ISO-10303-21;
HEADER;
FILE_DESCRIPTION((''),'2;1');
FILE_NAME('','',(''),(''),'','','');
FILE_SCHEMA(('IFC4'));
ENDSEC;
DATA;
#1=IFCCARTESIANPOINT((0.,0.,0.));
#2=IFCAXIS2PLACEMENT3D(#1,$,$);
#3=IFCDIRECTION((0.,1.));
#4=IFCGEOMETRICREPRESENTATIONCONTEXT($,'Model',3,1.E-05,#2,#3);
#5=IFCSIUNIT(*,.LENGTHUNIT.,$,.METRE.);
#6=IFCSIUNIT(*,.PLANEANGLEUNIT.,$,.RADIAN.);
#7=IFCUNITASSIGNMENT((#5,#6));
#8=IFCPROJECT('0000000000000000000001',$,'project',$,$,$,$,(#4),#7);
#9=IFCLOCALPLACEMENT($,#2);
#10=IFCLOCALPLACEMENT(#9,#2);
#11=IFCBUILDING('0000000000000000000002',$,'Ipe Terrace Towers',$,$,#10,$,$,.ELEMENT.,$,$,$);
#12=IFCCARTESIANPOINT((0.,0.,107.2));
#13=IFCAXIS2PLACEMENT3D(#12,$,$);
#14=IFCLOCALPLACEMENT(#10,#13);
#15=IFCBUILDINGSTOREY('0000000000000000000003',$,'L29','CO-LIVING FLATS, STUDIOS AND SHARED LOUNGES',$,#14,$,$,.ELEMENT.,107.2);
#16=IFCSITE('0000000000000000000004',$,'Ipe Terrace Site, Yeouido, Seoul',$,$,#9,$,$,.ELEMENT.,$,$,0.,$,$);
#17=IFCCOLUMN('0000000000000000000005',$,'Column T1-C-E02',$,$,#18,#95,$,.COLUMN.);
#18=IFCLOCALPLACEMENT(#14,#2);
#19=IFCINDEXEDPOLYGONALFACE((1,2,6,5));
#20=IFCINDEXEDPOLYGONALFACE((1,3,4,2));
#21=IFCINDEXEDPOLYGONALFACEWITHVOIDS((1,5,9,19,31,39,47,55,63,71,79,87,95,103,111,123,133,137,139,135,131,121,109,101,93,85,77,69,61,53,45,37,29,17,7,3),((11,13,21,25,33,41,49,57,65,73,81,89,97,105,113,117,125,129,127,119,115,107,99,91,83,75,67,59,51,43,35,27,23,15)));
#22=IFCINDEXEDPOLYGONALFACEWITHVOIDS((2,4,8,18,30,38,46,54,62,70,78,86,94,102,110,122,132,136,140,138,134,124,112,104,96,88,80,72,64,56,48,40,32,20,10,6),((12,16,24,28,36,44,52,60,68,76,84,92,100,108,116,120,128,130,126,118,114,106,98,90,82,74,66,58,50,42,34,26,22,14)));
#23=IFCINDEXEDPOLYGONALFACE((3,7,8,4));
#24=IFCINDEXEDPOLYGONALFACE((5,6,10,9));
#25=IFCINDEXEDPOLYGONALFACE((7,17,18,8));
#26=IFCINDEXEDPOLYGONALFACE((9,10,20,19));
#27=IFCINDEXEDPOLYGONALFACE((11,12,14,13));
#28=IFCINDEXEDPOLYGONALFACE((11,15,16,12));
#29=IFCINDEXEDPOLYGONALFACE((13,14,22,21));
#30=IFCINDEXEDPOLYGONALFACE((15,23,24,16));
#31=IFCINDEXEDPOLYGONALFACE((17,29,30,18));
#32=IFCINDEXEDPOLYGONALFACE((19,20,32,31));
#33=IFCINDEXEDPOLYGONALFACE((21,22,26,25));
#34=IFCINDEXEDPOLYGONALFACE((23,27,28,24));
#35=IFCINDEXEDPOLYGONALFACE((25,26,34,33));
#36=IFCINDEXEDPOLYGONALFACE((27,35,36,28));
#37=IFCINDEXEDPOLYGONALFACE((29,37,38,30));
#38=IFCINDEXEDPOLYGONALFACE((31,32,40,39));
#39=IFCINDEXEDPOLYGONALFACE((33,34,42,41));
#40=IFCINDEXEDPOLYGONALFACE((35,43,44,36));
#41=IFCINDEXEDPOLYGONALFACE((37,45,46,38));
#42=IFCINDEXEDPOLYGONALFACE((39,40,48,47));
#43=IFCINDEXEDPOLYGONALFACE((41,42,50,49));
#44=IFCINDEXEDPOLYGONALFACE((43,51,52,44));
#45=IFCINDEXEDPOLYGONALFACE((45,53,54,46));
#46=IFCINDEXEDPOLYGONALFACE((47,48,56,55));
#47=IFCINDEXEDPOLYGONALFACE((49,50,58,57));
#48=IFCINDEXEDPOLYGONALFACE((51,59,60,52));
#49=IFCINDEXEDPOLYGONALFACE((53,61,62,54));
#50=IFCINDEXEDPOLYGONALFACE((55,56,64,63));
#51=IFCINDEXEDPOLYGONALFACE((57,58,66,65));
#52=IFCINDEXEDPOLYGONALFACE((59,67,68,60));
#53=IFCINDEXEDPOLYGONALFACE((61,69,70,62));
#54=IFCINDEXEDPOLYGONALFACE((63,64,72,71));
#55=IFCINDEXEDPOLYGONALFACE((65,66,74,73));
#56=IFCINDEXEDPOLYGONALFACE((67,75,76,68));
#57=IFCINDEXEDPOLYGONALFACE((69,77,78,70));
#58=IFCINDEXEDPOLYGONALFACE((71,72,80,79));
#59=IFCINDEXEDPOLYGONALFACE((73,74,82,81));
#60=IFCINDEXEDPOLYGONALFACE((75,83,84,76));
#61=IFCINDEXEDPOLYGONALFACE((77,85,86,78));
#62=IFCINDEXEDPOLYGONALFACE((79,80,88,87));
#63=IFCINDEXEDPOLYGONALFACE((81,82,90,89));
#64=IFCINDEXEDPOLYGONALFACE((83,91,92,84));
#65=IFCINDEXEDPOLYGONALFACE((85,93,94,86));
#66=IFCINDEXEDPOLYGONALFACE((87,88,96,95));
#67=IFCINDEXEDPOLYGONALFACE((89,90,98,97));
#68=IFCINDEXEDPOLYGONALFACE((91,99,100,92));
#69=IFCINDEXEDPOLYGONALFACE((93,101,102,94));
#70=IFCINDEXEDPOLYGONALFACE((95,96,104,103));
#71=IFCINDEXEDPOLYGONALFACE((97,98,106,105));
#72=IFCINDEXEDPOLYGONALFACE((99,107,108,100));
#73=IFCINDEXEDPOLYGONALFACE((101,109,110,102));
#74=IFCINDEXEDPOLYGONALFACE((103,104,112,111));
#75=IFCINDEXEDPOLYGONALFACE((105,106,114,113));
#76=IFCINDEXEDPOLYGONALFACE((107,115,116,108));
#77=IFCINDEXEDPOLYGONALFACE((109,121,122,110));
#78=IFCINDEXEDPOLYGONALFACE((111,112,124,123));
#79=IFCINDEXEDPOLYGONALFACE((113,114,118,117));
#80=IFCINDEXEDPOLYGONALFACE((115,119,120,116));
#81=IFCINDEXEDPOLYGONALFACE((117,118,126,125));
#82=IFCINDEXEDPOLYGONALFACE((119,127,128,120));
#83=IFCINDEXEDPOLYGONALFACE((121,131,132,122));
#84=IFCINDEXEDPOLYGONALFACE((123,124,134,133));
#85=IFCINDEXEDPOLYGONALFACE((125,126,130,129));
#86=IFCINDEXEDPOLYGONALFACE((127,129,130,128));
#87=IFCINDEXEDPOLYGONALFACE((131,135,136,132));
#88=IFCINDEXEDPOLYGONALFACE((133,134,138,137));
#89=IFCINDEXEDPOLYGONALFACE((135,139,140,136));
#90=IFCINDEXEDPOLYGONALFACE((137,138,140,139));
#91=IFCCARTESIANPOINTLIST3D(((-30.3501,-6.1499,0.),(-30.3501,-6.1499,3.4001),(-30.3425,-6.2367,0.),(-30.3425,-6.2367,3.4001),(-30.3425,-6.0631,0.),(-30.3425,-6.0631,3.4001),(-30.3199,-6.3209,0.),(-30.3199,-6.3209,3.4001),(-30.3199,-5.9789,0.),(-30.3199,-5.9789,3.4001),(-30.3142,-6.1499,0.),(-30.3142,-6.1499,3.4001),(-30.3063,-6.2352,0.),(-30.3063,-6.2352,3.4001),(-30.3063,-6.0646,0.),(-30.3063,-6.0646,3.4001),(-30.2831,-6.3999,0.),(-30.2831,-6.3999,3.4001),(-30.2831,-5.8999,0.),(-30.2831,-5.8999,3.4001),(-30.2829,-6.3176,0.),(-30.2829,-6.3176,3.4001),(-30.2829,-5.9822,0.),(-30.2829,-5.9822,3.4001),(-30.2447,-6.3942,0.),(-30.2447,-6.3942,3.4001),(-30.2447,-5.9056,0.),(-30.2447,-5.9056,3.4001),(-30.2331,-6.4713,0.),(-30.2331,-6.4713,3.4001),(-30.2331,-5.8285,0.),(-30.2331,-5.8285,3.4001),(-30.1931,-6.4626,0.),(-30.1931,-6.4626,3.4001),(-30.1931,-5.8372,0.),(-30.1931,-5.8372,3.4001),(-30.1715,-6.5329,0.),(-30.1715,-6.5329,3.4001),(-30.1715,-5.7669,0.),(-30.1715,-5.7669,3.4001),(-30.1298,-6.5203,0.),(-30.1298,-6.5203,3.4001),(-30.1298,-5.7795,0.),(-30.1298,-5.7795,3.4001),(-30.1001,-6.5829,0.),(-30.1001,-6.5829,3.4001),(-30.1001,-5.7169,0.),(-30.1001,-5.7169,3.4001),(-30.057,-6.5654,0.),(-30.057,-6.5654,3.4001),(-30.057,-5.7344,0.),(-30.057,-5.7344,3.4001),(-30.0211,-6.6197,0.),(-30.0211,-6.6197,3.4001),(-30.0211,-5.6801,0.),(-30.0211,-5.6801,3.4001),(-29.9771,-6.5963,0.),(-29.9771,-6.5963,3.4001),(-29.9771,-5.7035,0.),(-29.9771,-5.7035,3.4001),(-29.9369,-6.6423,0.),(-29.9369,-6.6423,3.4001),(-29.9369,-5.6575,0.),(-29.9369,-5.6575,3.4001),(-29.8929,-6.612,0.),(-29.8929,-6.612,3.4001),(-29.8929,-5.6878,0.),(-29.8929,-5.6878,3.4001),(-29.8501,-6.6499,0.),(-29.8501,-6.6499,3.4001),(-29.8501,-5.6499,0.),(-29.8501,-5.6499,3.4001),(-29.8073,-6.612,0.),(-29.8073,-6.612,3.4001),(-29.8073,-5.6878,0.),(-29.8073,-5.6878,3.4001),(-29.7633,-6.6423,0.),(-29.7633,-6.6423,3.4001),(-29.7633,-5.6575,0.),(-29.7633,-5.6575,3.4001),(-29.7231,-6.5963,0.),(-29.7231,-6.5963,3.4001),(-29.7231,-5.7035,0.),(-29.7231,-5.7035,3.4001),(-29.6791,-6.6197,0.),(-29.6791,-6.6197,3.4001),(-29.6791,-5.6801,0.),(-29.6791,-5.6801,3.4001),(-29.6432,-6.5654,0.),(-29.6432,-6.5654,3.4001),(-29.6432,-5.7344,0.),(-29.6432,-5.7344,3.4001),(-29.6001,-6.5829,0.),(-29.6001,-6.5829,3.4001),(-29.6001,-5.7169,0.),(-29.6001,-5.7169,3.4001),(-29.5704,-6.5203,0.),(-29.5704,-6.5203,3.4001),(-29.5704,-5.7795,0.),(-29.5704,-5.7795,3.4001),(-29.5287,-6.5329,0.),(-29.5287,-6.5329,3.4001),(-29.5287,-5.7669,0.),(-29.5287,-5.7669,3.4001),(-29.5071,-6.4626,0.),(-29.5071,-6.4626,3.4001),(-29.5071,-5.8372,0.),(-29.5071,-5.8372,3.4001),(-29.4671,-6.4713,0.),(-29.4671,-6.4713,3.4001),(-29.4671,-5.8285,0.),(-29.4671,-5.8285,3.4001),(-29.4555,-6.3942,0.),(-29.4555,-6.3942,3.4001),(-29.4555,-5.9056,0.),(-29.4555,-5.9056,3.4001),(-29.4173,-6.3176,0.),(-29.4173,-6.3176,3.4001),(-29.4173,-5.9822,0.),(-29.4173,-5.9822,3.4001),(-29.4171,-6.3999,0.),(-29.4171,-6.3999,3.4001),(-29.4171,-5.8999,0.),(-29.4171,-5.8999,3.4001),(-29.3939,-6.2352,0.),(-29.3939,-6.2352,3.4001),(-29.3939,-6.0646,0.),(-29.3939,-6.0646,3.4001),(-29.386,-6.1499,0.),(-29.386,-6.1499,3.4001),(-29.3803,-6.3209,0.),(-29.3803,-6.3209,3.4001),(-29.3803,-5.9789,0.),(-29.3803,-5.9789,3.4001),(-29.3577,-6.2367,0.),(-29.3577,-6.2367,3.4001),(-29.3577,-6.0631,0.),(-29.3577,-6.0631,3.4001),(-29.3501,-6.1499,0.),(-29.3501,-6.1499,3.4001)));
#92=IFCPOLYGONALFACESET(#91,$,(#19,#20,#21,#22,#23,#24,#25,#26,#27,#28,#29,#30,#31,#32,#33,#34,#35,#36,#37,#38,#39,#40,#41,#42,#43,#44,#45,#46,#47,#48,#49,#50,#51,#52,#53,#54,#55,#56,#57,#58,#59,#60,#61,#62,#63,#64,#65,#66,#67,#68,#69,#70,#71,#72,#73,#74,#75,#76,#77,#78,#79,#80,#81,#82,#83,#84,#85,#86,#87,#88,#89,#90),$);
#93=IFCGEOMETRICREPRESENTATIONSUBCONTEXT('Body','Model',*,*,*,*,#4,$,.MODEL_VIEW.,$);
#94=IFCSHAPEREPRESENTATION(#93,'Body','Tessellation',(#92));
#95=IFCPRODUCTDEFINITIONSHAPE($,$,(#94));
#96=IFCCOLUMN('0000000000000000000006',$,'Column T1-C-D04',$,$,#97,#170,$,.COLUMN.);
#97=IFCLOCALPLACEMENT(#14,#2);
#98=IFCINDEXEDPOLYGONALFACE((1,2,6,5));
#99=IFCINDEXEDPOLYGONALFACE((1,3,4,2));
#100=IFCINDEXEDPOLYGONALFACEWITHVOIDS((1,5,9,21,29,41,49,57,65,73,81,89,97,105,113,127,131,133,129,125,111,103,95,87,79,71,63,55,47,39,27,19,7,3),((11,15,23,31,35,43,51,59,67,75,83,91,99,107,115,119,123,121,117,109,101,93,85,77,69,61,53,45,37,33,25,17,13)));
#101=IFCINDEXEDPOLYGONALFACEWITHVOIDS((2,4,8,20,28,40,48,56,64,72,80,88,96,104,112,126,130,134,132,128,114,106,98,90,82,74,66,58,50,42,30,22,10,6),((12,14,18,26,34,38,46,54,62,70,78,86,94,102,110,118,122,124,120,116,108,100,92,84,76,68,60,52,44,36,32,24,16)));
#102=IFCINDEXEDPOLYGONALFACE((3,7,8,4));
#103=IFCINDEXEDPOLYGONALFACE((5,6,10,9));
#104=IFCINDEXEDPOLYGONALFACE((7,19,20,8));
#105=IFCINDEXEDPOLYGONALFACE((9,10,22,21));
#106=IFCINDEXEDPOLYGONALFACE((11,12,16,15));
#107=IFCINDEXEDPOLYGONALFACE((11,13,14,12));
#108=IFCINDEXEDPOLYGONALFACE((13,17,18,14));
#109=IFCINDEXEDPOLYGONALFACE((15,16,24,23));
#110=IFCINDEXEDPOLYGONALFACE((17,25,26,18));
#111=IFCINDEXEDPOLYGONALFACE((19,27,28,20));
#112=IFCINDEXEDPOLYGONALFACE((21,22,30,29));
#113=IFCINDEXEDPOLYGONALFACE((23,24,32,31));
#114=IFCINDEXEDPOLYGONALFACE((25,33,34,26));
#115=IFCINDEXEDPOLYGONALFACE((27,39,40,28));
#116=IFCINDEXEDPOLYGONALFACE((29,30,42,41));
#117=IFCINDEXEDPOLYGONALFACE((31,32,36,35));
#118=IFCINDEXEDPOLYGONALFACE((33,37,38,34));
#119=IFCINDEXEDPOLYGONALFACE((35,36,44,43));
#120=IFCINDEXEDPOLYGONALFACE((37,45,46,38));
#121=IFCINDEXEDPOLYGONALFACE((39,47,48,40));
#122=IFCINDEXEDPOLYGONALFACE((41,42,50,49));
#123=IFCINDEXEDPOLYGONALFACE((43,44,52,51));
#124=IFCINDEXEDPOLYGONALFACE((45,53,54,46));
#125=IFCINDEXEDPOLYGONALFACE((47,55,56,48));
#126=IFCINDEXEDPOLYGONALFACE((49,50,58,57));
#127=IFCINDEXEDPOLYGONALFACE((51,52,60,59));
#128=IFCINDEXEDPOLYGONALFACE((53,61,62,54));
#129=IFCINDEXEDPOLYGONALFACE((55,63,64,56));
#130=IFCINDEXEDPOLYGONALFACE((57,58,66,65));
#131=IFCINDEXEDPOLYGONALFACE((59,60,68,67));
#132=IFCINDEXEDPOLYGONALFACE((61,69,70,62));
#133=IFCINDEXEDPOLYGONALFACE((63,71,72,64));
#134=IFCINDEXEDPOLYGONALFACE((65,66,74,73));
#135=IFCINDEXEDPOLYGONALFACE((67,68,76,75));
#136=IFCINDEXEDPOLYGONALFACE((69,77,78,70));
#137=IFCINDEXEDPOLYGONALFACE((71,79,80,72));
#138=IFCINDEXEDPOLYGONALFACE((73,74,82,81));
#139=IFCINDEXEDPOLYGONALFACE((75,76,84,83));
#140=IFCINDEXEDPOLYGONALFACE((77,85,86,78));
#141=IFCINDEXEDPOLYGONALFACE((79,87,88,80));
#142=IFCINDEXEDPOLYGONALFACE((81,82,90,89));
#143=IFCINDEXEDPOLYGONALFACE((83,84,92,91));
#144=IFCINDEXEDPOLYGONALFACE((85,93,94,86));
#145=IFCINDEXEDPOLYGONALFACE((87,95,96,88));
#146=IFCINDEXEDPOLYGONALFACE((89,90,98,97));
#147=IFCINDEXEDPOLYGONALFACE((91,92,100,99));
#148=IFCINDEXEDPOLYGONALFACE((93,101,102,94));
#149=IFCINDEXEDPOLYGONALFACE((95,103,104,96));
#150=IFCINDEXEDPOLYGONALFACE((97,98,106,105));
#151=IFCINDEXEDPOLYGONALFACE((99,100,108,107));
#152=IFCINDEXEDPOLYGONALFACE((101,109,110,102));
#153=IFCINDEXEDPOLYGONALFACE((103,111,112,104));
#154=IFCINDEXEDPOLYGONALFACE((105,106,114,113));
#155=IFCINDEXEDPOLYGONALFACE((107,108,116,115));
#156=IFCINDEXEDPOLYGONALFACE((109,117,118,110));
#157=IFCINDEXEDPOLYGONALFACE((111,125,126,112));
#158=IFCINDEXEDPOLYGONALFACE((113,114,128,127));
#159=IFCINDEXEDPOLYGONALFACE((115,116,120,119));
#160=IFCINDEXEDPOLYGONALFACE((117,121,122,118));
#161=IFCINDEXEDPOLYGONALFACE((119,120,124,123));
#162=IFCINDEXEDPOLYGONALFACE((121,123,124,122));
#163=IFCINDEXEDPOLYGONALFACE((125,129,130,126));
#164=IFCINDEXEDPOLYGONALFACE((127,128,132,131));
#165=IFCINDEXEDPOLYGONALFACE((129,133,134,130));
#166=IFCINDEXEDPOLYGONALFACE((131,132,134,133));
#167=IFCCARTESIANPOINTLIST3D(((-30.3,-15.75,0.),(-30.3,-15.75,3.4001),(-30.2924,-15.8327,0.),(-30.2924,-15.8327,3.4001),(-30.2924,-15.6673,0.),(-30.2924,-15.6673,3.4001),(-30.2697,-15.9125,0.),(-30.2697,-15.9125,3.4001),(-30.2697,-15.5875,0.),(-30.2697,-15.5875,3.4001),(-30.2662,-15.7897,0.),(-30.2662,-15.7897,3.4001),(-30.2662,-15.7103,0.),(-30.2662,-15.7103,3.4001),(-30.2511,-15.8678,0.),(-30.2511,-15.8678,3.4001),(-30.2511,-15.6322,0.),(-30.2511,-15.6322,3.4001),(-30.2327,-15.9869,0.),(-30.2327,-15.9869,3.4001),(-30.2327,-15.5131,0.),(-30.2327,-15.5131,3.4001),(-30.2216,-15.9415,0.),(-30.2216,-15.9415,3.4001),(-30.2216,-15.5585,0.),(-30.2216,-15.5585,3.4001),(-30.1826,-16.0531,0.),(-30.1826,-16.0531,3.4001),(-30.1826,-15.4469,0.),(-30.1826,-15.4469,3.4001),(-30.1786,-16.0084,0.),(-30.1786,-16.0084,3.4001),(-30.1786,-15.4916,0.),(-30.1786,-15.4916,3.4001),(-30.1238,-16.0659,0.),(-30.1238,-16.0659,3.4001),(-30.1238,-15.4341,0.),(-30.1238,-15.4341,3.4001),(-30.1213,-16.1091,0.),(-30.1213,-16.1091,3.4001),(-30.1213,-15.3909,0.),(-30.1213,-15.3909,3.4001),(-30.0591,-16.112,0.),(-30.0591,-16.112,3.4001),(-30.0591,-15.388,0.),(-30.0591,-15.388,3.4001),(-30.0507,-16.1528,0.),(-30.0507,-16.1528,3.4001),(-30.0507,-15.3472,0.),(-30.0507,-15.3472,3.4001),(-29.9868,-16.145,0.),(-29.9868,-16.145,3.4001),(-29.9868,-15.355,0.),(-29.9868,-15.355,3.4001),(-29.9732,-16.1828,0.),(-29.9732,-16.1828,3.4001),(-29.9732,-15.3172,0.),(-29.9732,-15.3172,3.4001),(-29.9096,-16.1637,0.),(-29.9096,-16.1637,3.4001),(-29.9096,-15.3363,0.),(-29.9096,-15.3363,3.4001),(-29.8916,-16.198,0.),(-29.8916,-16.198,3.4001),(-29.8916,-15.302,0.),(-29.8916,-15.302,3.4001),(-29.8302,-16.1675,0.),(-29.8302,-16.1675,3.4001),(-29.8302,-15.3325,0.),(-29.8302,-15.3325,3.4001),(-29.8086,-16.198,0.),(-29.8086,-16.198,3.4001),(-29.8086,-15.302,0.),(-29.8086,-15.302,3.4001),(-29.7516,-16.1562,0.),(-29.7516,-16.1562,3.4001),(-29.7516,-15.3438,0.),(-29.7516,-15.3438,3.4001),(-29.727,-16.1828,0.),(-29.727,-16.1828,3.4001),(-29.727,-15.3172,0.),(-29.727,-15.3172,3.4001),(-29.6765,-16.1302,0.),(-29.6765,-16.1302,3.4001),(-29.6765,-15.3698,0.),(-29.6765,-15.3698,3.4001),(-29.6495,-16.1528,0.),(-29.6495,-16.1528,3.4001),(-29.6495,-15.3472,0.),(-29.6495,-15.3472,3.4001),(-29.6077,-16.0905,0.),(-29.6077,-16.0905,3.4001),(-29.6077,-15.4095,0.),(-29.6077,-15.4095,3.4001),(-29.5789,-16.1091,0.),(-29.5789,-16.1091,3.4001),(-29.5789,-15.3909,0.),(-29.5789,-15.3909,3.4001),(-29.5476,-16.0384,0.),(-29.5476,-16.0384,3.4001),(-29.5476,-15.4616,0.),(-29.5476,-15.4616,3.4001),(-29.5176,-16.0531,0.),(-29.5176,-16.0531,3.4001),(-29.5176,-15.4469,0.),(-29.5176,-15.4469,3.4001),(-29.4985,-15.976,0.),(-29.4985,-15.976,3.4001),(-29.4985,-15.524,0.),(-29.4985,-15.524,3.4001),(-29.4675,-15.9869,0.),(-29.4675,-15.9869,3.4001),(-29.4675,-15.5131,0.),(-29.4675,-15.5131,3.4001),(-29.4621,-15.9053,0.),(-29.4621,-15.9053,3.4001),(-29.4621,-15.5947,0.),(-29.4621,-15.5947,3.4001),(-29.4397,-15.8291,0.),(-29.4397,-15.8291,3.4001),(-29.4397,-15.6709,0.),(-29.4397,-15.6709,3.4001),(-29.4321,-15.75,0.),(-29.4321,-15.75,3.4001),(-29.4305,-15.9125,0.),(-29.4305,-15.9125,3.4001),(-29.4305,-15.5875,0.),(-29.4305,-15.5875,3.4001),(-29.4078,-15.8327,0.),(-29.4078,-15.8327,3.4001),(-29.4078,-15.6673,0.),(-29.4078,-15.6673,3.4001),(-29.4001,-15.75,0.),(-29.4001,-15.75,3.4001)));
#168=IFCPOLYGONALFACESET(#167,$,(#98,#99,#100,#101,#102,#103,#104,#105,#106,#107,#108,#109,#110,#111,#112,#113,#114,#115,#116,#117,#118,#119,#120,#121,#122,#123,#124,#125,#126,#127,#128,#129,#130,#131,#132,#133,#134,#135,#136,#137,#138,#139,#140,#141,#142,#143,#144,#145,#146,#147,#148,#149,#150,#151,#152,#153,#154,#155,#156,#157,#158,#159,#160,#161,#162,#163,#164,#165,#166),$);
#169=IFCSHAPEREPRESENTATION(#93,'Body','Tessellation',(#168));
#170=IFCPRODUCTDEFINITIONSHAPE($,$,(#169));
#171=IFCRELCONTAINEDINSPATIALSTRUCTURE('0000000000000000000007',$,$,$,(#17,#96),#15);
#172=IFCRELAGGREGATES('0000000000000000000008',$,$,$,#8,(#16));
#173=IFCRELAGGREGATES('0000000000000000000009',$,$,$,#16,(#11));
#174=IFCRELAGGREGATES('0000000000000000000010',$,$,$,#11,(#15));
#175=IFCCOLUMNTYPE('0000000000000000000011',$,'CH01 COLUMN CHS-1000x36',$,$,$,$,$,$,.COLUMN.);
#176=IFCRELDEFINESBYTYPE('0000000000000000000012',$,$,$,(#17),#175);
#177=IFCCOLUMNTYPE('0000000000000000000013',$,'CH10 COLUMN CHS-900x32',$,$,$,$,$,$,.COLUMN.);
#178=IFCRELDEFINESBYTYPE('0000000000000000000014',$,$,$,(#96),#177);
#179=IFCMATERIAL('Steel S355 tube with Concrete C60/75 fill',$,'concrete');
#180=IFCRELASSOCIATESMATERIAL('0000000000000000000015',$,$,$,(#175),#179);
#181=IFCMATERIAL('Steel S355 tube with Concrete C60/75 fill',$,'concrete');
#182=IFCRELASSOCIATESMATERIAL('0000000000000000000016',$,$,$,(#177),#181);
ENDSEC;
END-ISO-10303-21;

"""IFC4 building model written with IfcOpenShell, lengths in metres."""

from ifc_helpers import new_model, si_unit, direction, frame, origin, origin_2d, place, context, subcontext, project, spatial, hollow_circle, extrude, material, material_profile, profile_set, type_object, element, save


model = new_model("IFC4")

# Units and contexts
model_context = context("Model", 3, precision=1e-05, world=origin(), true_north=direction((0.0, 1.0)))
body_context = subcontext(model_context, "Body", "Model", "MODEL_VIEW")
ifc_project = project(units=[si_unit("LENGTHUNIT", "METRE"), si_unit("PLANEANGLEUNIT", "RADIAN")], contexts=[model_context])

# Site, building, storey
site_placement = place(None, origin())
site = spatial("IfcSite", under=ifc_project, at=site_placement, Name="Ipe Terrace Site, Yeouido, Seoul", CompositionType="ELEMENT", RefElevation=0.0)
building_placement = place(site_placement, origin())
building = spatial("IfcBuilding", under=site, at=building_placement, Name="Ipe Terrace Towers", CompositionType="ELEMENT")
storey_placement = place(building_placement, frame((0.0, 0.0, 107.2)))
storey = spatial("IfcBuildingStorey", under=building, at=storey_placement, Name="L29", Description="CO-LIVING FLATS, STUDIOS AND SHARED LOUNGES", CompositionType="ELEMENT", Elevation=107.2)

# Columns
ifc_material_1 = material(Name="Steel S355 tube with Concrete C60/75 fill", Category="concrete")
ifc_material_profile_1 = material_profile(ifc_material_1, hollow_circle(Radius=0.5, WallThickness=0.0359, at=origin_2d()), Name="CHS-1000x36")
ifc_profile_set_1 = profile_set([ifc_material_profile_1], Name="Steel S355 tube with Concrete C60/75 fill")
column_type_1 = type_object("IfcColumnType", Name="CH01 COLUMN CHS-1000x36", PredefinedType="COLUMN", material=ifc_profile_set_1)
column_placement = place(storey_placement, frame((-29.8501, -6.1499, 0.0), z_axis=(0.0, 0.0, 1.0), x_axis=(1.0, 0.0, 0.0)))
element("IfcColumn", 1, at=column_placement, inside=storey, type_object=column_type_1, Name="Column T1-C-E02", PredefinedType="COLUMN", context=body_context, shape_type="SweptSolid", body=[
    extrude(hollow_circle(Radius=0.5, WallThickness=0.0359, at=origin_2d()), origin(), (0.0, 0.0, 1.0), 3.4001),
])
ifc_material_2 = material(Name="Steel S355 tube with Concrete C60/75 fill", Category="concrete")
ifc_material_profile_2 = material_profile(ifc_material_2, hollow_circle(Radius=0.45, WallThickness=0.032, at=origin_2d()), Name="CHS-900x32")
ifc_profile_set_2 = profile_set([ifc_material_profile_2], Name="Steel S355 tube with Concrete C60/75 fill")
column_type_2 = type_object("IfcColumnType", Name="CH10 COLUMN CHS-900x32", PredefinedType="COLUMN", material=ifc_profile_set_2)
for number, where, z_axis, x_axis, name in (
    (2, (-29.8501, -15.75, 0.0), (0.0, 0.0, 1.0), (1.0, 0.0, 0.0), "Column T1-C-D04"),
):
    element("IfcColumn", number, at=place(storey_placement, frame(where, z_axis=z_axis, x_axis=x_axis)), inside=storey, type_object=column_type_2, Name=name, PredefinedType="COLUMN", context=body_context, shape_type="SweptSolid", body=[
        extrude(hollow_circle(Radius=0.45, WallThickness=0.032, at=origin_2d()), origin(), (0.0, 0.0, 1.0), 3.4001),
    ])

save(model, "model.ifc")
